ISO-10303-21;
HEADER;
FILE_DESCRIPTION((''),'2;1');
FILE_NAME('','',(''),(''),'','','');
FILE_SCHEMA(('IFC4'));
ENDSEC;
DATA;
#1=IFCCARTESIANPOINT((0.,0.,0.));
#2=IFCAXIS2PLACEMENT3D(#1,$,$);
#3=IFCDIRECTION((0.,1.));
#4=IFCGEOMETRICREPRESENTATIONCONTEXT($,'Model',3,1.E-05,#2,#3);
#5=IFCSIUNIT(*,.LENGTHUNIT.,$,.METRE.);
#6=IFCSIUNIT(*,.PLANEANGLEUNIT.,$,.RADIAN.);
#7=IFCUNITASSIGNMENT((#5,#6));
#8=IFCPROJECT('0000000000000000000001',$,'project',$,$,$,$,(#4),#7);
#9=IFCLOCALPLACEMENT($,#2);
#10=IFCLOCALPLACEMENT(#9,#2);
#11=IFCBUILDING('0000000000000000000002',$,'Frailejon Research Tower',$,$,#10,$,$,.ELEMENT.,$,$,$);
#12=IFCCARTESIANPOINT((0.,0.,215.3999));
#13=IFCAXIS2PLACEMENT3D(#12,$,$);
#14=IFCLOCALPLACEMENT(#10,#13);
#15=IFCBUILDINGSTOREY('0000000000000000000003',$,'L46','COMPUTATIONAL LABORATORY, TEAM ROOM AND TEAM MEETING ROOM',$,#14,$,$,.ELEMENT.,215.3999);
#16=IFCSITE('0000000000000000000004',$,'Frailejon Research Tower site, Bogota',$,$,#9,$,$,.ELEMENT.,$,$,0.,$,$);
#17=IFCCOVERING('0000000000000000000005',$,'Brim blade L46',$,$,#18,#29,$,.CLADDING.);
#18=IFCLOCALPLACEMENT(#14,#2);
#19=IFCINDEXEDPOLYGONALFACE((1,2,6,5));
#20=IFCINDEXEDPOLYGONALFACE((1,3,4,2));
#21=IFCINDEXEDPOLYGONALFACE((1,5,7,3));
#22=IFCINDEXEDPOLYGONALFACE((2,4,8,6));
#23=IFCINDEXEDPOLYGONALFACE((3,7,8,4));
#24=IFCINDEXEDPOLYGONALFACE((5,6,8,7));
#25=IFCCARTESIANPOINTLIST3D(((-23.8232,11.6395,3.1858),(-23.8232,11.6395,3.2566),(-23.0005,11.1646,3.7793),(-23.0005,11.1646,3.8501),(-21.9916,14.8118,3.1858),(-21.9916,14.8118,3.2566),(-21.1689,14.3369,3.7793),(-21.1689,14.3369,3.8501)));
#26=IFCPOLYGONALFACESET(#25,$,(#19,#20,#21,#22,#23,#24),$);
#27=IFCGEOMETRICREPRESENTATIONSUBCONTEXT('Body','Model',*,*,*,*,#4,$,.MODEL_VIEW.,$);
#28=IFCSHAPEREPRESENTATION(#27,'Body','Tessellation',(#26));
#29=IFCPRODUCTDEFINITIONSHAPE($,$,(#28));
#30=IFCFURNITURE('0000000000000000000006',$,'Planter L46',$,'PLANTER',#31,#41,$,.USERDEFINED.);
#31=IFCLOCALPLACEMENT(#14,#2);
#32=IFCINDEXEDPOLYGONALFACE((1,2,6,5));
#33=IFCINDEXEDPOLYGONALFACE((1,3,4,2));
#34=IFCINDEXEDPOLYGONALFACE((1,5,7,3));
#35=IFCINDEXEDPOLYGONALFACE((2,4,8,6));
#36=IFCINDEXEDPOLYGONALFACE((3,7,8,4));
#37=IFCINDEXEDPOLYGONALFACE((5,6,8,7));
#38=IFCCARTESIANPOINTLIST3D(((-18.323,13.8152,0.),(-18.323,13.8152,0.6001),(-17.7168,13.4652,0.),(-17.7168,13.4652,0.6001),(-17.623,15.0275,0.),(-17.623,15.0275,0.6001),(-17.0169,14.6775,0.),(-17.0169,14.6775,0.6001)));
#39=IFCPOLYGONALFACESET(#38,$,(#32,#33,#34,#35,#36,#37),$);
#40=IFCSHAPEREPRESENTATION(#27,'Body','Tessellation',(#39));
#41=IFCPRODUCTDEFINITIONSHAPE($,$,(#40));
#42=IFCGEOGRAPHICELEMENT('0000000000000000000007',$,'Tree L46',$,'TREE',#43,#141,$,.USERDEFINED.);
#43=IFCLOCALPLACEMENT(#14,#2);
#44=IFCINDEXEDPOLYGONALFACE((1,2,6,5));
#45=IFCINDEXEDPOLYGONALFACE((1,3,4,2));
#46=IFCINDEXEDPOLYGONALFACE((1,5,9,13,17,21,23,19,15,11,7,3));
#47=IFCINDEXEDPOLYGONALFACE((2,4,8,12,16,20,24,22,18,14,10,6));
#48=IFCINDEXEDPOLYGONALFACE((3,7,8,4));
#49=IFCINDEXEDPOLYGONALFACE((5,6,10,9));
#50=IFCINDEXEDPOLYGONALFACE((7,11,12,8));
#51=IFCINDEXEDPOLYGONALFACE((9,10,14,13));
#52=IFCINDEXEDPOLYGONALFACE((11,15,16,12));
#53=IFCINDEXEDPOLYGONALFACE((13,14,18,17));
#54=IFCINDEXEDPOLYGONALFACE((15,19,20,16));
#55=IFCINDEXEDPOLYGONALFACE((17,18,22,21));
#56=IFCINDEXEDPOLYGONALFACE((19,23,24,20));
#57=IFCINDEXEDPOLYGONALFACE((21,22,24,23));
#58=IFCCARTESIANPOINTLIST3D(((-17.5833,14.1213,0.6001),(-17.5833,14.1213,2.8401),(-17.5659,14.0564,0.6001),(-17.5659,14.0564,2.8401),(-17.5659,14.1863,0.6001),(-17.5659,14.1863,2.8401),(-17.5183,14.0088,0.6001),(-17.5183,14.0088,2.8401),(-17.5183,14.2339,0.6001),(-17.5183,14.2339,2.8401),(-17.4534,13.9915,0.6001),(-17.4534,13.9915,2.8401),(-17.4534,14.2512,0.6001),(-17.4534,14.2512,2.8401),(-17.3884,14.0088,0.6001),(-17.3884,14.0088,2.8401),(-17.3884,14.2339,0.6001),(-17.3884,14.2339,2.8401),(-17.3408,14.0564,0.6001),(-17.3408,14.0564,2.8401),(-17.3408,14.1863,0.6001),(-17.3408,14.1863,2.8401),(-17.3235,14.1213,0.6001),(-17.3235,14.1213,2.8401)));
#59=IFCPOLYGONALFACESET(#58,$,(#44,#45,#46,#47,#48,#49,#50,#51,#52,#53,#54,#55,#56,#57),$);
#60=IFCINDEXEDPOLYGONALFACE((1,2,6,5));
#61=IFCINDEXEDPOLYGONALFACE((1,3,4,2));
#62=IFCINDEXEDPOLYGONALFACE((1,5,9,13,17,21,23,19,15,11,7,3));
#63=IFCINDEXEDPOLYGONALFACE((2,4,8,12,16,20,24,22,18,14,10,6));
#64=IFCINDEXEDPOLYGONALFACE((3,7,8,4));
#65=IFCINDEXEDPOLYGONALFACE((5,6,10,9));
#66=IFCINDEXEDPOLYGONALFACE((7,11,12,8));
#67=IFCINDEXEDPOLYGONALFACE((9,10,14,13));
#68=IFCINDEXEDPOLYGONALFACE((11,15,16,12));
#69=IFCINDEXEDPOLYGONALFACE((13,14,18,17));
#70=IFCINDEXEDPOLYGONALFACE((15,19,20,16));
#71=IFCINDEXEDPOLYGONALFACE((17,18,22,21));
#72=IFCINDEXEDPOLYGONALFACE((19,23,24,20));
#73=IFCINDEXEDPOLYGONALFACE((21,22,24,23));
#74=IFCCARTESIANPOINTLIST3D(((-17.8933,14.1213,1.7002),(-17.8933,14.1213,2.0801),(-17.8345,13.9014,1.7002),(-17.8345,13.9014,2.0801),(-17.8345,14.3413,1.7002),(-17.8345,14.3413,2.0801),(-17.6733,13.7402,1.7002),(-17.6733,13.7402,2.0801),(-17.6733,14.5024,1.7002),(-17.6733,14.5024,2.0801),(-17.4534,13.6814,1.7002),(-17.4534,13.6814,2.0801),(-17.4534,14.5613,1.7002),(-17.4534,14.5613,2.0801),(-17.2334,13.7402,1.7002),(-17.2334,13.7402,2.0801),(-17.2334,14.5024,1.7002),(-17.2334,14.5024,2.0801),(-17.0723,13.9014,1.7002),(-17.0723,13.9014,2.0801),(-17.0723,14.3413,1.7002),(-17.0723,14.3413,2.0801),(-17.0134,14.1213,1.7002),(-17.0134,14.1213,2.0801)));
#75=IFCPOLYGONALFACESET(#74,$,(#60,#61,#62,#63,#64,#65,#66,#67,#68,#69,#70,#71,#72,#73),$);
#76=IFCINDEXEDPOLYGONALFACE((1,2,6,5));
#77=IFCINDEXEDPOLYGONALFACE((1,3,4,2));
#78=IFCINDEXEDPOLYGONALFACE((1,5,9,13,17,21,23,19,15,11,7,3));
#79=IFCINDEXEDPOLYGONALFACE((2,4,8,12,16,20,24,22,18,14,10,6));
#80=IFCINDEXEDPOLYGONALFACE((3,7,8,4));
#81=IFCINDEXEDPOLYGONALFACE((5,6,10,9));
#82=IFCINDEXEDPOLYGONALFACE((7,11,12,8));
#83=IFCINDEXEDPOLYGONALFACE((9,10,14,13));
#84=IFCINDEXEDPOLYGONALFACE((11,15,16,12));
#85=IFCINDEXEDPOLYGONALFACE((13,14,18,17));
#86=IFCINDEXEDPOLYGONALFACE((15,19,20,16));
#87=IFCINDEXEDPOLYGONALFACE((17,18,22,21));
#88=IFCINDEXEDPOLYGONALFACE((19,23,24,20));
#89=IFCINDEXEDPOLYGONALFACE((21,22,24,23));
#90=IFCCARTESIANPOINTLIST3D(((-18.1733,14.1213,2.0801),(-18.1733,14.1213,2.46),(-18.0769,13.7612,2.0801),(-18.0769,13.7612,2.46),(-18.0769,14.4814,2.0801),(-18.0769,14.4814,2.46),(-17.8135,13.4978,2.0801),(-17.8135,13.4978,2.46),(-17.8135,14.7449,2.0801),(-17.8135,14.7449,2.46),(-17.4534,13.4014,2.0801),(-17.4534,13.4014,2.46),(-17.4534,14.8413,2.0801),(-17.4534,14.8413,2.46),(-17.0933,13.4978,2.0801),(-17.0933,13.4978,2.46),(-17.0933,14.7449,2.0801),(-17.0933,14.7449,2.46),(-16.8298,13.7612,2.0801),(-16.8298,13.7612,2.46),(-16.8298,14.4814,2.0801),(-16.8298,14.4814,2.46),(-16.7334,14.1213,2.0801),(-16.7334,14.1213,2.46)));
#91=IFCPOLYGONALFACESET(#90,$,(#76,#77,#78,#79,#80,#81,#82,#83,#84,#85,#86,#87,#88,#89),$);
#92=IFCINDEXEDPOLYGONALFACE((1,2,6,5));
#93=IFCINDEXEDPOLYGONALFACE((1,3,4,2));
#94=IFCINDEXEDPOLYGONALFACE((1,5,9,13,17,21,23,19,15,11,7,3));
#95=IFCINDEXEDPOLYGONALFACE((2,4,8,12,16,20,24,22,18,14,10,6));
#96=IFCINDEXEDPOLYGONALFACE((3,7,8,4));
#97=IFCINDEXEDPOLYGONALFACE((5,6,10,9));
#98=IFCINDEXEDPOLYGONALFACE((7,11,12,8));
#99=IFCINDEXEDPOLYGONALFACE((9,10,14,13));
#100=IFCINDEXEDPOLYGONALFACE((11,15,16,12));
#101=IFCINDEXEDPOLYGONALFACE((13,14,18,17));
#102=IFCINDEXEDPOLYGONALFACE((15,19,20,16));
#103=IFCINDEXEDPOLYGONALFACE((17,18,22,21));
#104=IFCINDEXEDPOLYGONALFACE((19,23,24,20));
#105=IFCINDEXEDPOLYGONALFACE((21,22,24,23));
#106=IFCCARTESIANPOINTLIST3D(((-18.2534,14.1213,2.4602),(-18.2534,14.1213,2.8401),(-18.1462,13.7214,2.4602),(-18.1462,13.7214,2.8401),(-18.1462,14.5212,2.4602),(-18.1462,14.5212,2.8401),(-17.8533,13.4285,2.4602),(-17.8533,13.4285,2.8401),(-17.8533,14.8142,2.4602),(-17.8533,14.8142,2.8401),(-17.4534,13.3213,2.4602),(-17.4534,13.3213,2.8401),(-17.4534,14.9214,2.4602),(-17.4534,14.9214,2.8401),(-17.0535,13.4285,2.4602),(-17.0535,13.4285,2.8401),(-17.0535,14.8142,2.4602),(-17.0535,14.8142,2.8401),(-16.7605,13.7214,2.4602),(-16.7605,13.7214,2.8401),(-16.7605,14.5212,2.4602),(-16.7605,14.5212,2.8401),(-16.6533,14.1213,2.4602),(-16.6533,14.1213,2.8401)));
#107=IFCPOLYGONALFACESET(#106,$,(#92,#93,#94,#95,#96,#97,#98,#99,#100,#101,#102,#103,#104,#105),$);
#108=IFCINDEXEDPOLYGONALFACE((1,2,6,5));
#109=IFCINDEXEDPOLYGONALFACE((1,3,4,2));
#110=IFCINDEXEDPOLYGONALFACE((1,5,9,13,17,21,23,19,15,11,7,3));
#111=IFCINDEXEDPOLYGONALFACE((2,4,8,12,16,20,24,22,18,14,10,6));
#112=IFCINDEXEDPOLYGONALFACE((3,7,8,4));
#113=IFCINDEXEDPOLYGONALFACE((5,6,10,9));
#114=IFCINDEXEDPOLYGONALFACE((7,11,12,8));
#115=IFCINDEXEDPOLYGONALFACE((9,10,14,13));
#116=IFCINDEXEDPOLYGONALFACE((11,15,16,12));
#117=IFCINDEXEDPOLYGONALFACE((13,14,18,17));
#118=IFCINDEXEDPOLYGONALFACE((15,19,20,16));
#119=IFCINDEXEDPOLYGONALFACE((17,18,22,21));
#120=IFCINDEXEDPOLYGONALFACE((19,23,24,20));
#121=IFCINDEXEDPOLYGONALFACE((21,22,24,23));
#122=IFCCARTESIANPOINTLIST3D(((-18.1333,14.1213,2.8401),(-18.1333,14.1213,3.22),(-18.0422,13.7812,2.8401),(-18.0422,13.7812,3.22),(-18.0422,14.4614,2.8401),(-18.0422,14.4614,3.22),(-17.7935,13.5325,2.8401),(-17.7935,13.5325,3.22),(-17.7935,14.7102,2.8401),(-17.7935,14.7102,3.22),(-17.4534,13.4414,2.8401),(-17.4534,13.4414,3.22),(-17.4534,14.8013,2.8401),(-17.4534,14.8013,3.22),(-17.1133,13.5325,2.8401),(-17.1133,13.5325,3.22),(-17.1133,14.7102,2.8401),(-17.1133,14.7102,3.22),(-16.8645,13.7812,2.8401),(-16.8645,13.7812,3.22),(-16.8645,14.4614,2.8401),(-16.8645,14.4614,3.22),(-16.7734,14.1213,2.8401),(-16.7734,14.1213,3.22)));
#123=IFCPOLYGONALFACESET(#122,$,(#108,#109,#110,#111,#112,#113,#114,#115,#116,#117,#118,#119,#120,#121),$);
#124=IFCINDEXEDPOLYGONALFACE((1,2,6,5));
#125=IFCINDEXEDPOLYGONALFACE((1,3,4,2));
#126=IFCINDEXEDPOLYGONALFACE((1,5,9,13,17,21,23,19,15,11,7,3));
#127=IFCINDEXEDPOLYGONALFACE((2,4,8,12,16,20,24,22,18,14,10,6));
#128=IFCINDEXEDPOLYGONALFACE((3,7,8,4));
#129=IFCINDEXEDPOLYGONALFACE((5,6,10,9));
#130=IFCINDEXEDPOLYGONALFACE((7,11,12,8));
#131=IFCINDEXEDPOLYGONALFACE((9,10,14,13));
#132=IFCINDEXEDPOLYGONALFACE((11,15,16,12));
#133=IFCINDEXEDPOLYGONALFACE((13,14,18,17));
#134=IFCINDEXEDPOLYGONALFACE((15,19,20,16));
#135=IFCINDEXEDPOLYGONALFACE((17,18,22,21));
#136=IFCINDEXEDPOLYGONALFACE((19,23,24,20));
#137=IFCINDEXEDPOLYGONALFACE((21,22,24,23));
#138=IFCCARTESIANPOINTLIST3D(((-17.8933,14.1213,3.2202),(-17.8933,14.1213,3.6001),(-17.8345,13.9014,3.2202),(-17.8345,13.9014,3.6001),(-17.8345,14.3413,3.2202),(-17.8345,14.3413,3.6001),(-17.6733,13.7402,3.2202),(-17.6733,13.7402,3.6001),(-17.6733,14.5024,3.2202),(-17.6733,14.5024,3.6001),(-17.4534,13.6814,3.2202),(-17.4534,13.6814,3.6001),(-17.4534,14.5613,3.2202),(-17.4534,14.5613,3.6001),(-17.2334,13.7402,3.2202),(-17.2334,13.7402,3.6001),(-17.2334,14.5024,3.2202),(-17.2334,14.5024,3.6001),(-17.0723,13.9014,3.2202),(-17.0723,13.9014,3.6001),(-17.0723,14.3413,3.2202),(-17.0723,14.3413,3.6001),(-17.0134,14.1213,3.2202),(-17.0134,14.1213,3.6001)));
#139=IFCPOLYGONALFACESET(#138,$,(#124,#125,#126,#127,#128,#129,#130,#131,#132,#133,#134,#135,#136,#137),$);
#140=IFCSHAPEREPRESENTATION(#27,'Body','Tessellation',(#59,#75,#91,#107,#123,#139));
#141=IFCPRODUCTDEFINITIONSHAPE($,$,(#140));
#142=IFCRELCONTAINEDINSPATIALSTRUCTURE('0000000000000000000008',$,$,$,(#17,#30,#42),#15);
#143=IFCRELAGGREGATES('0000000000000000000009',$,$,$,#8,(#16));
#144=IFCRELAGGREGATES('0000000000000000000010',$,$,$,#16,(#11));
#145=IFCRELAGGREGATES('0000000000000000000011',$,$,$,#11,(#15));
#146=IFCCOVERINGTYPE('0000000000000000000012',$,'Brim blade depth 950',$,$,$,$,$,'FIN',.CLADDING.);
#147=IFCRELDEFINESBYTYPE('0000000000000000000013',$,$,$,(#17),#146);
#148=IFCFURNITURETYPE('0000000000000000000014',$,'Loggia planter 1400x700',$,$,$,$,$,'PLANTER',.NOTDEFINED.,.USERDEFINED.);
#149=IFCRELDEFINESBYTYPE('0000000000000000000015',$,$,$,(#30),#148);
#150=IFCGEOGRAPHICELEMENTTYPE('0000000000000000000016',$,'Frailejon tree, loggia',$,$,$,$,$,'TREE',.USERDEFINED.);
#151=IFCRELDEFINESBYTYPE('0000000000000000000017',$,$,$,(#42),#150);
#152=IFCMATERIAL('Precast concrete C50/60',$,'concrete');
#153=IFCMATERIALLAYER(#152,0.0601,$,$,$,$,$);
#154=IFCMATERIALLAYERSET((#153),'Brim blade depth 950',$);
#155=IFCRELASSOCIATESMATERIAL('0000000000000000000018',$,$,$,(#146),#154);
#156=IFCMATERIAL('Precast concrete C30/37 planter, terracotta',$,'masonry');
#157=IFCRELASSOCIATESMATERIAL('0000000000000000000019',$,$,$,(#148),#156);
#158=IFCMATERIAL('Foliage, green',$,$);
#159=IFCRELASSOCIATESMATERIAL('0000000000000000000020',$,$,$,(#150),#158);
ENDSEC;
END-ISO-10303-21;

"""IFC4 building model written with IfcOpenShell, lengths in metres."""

from ifc_helpers import new_model, si_unit, direction, frame, origin, origin_2d, place, context, subcontext, project, spatial, polyline, rectangle, outline, extrude, material, layer, layer_set, type_object, element, save


model = new_model("IFC4")

# Units and contexts
model_context = context("Model", 3, precision=1e-05, world=origin(), true_north=direction((0.0, 1.0)))
body_context = subcontext(model_context, "Body", "Model", "MODEL_VIEW")
ifc_project = project(units=[si_unit("LENGTHUNIT", "METRE"), si_unit("PLANEANGLEUNIT", "RADIAN")], contexts=[model_context])

# Site, building, storey
site_placement = place(None, origin())
site = spatial("IfcSite", under=ifc_project, at=site_placement, Name="Frailejon Research Tower site, Bogota", CompositionType="ELEMENT", RefElevation=0.0)
building_placement = place(site_placement, origin())
building = spatial("IfcBuilding", under=site, at=building_placement, Name="Frailejon Research Tower", CompositionType="ELEMENT")
storey_placement = place(building_placement, frame((0.0, 0.0, 215.3999)))
storey = spatial("IfcBuildingStorey", under=building, at=storey_placement, Name="L46", Description="COMPUTATIONAL LABORATORY, TEAM ROOM AND TEAM MEETING ROOM", CompositionType="ELEMENT", Elevation=215.3999)

# Covering
ifc_material_1 = material(Name="Precast concrete C50/60", Category="concrete")
ifc_layer_1 = layer(ifc_material_1, 0.0601)
ifc_layer_set_1 = layer_set([ifc_layer_1], Name="Brim blade depth 950")
covering_type_1 = type_object("IfcCoveringType", Name="Brim blade depth 950", ElementType="FIN", PredefinedType="CLADDING", material=ifc_layer_set_1)
covering_1_placement = place(storey_placement, frame((-23.0005, 11.1646, 3.8501), z_axis=(0.500003, 0.866024, 0.0), x_axis=(-0.866024, 0.500003, 0.0)))
element("IfcCovering", 1, at=covering_1_placement, inside=storey, type_object=covering_type_1, Name="Brim blade L46", PredefinedType="CLADDING", context=body_context, shape_type="SweptSolid", body=[
    extrude(outline(polyline([(0.0, -0.0708), (0.95, -0.6643), (0.95, -0.5935), (0.0, 0.0), (0.0, -0.0708)])), origin(), (0.0, 0.0, 1.0), 3.6631),
])

# Furniture
ifc_material_2 = material(Name="Precast concrete C30/37 planter, terracotta", Category="masonry")
furniture_type = type_object("IfcFurnitureType", Name="Loggia planter 1400x700", ElementType="PLANTER", AssemblyPlace="NOTDEFINED", PredefinedType="USERDEFINED", material=ifc_material_2)
furniture_placement = place(storey_placement, frame((-17.6699, 14.2463, 0.0), z_axis=(0.0, 0.0, 1.0), x_axis=(-0.5, -0.866025, 0.0)))
element("IfcFurniture", 2, at=furniture_placement, inside=storey, type_object=furniture_type, Name="Planter L46", ObjectType="PLANTER", PredefinedType="USERDEFINED", context=body_context, shape_type="SweptSolid", body=[
    extrude(rectangle(XDim=1.3999, YDim=0.7, at=origin_2d()), origin(), (0.0, 0.0, 1.0), 0.6001),
])

# Geographic element
ifc_material_3 = material(Name="Foliage, green")
geographic_element_type = type_object("IfcGeographicElementType", Name="Frailejon tree, loggia", ElementType="TREE", PredefinedType="USERDEFINED", material=ifc_material_3)
geographic_element_placement = place(storey_placement, frame((-17.4534, 14.1213, 0.6001)))
element("IfcGeographicElement", 3, at=geographic_element_placement, inside=storey, type_object=geographic_element_type, Name="Tree L46", ObjectType="TREE", PredefinedType="USERDEFINED", context=body_context, shape_type="SweptSolid", body=[
    extrude(outline(polyline([(0.1299, 0.0), (0.1125, 0.0649), (0.0649, 0.1125), (0.0, 0.1299), (-0.0649, 0.1125), (-0.1125, 0.0649), (-0.1299, 0.0), (-0.1125, -0.0649), (-0.0649, -0.1125), (0.0, -0.1299), (0.0649, -0.1125), (0.1125, -0.0649), (0.1299, 0.0)])), origin(), (0.0, 0.0, 1.0), 2.24),
    extrude(outline(polyline([(0.4399, 0.0), (0.3811, 0.22), (0.22, 0.3811), (0.0, 0.4399), (-0.22, 0.3811), (-0.3811, 0.22), (-0.4399, 0.0), (-0.3811, -0.22), (-0.22, -0.3811), (0.0, -0.4399), (0.22, -0.3811), (0.3811, -0.22), (0.4399, 0.0)])), frame((0.0, 0.0, 1.1001)), (0.0, 0.0, 1.0), 0.3799),
    extrude(outline(polyline([(0.72, 0.0), (0.6235, 0.3601), (0.3601, 0.6235), (0.0, 0.72), (-0.3601, 0.6235), (-0.6235, 0.3601), (-0.72, 0.0), (-0.6235, -0.3601), (-0.3601, -0.6235), (0.0, -0.72), (0.3601, -0.6235), (0.6235, -0.3601), (0.72, 0.0)])), frame((0.0, 0.0, 1.48)), (0.0, 0.0, 1.0), 0.3799),
    extrude(outline(polyline([(0.8, 0.0), (0.6929, 0.3999), (0.3999, 0.6929), (0.0, 0.8), (-0.3999, 0.6929), (-0.6929, 0.3999), (-0.8, 0.0), (-0.6929, -0.3999), (-0.3999, -0.6929), (0.0, -0.8), (0.3999, -0.6929), (0.6929, -0.3999), (0.8, 0.0)])), frame((0.0, 0.0, 1.8601)), (0.0, 0.0, 1.0), 0.3799),
    extrude(outline(polyline([(0.6799, 0.0), (0.5889, 0.3401), (0.3401, 0.5889), (0.0, 0.6799), (-0.3401, 0.5889), (-0.5889, 0.3401), (-0.6799, 0.0), (-0.5889, -0.3401), (-0.3401, -0.5889), (0.0, -0.6799), (0.3401, -0.5889), (0.5889, -0.3401), (0.6799, 0.0)])), frame((0.0, 0.0, 2.24)), (0.0, 0.0, 1.0), 0.3799),
    extrude(outline(polyline([(0.4399, 0.0), (0.3811, 0.22), (0.22, 0.3811), (0.0, 0.4399), (-0.22, 0.3811), (-0.3811, 0.22), (-0.4399, 0.0), (-0.3811, -0.22), (-0.22, -0.3811), (0.0, -0.4399), (0.22, -0.3811), (0.3811, -0.22), (0.4399, 0.0)])), frame((0.0, 0.0, 2.6201)), (0.0, 0.0, 1.0), 0.3799),
])

save(model, "model.ifc")
